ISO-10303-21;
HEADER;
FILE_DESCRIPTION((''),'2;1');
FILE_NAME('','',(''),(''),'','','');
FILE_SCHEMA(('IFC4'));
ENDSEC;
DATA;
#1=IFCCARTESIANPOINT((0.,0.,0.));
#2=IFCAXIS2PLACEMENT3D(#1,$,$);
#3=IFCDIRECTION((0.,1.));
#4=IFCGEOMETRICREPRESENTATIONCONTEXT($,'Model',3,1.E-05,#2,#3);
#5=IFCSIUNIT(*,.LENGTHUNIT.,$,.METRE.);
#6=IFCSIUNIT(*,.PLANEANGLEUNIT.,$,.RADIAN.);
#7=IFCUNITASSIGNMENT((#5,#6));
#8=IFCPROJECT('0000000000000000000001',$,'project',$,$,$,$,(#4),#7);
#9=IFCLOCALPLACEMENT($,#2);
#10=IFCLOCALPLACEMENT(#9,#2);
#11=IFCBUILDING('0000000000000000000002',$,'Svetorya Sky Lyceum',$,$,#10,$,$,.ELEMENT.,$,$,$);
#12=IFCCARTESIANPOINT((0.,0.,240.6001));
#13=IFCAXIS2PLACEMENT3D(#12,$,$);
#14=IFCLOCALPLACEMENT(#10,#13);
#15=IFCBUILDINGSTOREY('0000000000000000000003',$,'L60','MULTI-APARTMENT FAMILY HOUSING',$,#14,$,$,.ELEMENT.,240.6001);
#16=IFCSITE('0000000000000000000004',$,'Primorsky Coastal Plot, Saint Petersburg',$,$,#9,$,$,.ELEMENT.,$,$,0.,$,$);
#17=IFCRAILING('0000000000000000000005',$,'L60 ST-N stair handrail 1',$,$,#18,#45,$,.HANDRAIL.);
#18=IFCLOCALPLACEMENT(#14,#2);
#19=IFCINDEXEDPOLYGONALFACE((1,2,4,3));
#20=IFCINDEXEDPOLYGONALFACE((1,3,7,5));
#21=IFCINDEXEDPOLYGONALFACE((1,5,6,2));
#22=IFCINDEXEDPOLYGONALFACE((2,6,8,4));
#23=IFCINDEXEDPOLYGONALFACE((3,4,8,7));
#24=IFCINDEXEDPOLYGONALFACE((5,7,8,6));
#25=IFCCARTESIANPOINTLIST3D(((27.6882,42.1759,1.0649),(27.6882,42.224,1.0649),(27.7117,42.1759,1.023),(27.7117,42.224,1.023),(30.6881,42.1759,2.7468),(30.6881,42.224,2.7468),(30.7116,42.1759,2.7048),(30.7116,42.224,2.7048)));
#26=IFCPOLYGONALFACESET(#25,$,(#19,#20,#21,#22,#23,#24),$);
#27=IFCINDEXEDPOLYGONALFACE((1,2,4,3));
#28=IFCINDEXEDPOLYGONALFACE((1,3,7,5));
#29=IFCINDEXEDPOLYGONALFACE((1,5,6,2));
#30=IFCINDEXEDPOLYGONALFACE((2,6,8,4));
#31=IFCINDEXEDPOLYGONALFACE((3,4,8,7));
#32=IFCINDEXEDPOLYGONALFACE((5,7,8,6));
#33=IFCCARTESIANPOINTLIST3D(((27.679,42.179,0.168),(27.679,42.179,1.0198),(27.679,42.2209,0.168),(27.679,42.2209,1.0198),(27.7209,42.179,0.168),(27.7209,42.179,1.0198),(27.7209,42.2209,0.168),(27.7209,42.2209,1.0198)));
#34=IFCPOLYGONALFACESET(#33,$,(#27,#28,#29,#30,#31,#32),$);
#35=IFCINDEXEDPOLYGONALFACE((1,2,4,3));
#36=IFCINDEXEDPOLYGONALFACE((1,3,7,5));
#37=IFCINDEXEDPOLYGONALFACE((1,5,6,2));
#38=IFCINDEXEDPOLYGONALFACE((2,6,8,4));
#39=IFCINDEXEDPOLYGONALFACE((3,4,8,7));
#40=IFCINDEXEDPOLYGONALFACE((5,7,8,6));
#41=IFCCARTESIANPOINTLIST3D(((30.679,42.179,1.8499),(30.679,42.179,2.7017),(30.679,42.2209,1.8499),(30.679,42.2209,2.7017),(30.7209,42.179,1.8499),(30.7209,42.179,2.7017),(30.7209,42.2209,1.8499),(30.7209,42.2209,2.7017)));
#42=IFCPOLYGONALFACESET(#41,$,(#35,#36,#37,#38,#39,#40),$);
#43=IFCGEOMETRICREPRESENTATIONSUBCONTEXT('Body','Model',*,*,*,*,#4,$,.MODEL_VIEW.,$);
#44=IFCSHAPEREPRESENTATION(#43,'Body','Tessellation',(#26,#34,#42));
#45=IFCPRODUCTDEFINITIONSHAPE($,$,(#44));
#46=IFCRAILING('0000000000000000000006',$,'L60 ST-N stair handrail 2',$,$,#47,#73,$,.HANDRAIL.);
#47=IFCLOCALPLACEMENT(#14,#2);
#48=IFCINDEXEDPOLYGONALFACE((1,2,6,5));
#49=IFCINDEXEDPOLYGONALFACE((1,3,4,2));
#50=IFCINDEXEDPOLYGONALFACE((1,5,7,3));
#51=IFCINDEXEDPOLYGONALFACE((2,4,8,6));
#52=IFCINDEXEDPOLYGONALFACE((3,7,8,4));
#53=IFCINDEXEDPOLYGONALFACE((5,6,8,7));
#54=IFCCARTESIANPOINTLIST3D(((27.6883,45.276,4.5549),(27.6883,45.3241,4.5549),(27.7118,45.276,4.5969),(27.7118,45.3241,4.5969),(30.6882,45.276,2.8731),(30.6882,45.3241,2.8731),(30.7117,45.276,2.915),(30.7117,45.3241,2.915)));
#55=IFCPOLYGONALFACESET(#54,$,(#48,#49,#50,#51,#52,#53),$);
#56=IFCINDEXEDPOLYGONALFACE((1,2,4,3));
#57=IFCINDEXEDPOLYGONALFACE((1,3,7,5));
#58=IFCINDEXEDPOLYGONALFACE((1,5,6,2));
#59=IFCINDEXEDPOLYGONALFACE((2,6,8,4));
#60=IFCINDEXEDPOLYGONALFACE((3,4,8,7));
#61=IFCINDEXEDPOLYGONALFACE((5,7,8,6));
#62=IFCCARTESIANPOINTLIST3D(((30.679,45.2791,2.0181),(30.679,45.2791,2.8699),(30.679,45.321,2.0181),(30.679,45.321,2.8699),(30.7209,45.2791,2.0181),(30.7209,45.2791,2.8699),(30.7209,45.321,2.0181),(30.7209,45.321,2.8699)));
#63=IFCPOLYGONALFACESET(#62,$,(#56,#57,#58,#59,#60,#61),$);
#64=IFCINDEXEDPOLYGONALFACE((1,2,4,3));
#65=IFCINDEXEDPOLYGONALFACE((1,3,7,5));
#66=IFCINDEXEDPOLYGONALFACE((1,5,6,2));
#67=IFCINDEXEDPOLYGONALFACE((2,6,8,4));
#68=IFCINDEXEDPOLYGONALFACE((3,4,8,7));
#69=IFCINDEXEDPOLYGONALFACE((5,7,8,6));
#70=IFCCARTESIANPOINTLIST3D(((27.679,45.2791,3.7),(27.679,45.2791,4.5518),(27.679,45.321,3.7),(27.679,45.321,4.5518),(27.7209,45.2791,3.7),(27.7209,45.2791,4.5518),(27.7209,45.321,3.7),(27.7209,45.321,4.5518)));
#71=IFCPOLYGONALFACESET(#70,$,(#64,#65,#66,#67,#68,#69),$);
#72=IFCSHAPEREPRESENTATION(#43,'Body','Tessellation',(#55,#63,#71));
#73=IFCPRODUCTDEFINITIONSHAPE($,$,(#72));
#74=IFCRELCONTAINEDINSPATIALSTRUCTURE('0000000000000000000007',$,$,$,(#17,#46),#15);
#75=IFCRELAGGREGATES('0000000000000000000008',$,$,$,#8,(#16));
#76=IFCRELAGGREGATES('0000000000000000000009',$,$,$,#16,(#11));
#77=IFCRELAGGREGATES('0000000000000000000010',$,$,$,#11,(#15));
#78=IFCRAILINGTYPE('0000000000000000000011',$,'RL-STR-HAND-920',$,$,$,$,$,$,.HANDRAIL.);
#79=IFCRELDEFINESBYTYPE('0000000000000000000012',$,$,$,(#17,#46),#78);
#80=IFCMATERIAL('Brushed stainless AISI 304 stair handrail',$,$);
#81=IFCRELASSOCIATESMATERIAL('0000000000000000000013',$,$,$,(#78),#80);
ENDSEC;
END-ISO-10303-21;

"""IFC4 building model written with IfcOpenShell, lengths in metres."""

from ifc_helpers import new_model, si_unit, direction, frame, origin, origin_2d, place, context, subcontext, project, spatial, rectangle, extrude, material, type_object, element, save


model = new_model("IFC4")

# Units and contexts
model_context = context("Model", 3, precision=1e-05, world=origin(), true_north=direction((0.0, 1.0)))
body_context = subcontext(model_context, "Body", "Model", "MODEL_VIEW")
ifc_project = project(units=[si_unit("LENGTHUNIT", "METRE"), si_unit("PLANEANGLEUNIT", "RADIAN")], contexts=[model_context])

# Site, building, storey
site_placement = place(None, origin())
site = spatial("IfcSite", under=ifc_project, at=site_placement, Name="Primorsky Coastal Plot, Saint Petersburg", CompositionType="ELEMENT", RefElevation=0.0)
building_placement = place(site_placement, origin())
building = spatial("IfcBuilding", under=site, at=building_placement, Name="Svetorya Sky Lyceum", CompositionType="ELEMENT")
storey_placement = place(building_placement, frame((0.0, 0.0, 240.6001)))
storey = spatial("IfcBuildingStorey", under=building, at=storey_placement, Name="L60", Description="MULTI-APARTMENT FAMILY HOUSING", CompositionType="ELEMENT", Elevation=240.6001)

# Railings
ifc_material_1 = material(Name="Brushed stainless AISI 304 stair handrail")
railing_type_1 = type_object("IfcRailingType", Name="RL-STR-HAND-920", PredefinedType="HANDRAIL", material=ifc_material_1)
railing_1_placement = place(storey_placement, frame((27.7, 42.2, 0.168)))
element("IfcRailing", 1, at=railing_1_placement, inside=storey, type_object=railing_type_1, Name="L60 ST-N stair handrail 1", PredefinedType="HANDRAIL", context=body_context, shape_type="SweptSolid", body=[
    extrude(rectangle(XDim=0.0481, YDim=0.0481, at=origin_2d()), frame((0.0, 0.0, 0.876), z_axis=(0.872272, 0.0, 0.48902), x_axis=(0.0, 1.0, 0.0)), (0.0, 0.0, 1.0), 3.4392),
    extrude(rectangle(XDim=0.042, YDim=0.042, at=origin_2d()), origin(), (0.0, 0.0, 1.0), 0.8518),
    extrude(rectangle(XDim=0.042, YDim=0.042, at=origin_2d()), frame((3.0, 0.0, 1.6819)), (0.0, 0.0, 1.0), 0.8518),
])
railing_2_placement = place(storey_placement, frame((30.7, 45.3, 2.0181)))
element("IfcRailing", 2, at=railing_2_placement, inside=storey, type_object=railing_type_1, Name="L60 ST-N stair handrail 2", PredefinedType="HANDRAIL", context=body_context, shape_type="SweptSolid", body=[
    extrude(rectangle(XDim=0.0481, YDim=0.0481, at=origin_2d()), frame((0.0, 0.0, 0.876), z_axis=(-0.872272, 0.0, 0.48902), x_axis=(0.0, -1.0, 0.0)), (0.0, 0.0, 1.0), 3.4392),
    extrude(rectangle(XDim=0.042, YDim=0.042, at=origin_2d()), origin(), (0.0, 0.0, 1.0), 0.8518),
    extrude(rectangle(XDim=0.042, YDim=0.042, at=origin_2d()), frame((-3.0, 0.0, 1.6819)), (0.0, 0.0, 1.0), 0.8518),
])

save(model, "model.ifc")
